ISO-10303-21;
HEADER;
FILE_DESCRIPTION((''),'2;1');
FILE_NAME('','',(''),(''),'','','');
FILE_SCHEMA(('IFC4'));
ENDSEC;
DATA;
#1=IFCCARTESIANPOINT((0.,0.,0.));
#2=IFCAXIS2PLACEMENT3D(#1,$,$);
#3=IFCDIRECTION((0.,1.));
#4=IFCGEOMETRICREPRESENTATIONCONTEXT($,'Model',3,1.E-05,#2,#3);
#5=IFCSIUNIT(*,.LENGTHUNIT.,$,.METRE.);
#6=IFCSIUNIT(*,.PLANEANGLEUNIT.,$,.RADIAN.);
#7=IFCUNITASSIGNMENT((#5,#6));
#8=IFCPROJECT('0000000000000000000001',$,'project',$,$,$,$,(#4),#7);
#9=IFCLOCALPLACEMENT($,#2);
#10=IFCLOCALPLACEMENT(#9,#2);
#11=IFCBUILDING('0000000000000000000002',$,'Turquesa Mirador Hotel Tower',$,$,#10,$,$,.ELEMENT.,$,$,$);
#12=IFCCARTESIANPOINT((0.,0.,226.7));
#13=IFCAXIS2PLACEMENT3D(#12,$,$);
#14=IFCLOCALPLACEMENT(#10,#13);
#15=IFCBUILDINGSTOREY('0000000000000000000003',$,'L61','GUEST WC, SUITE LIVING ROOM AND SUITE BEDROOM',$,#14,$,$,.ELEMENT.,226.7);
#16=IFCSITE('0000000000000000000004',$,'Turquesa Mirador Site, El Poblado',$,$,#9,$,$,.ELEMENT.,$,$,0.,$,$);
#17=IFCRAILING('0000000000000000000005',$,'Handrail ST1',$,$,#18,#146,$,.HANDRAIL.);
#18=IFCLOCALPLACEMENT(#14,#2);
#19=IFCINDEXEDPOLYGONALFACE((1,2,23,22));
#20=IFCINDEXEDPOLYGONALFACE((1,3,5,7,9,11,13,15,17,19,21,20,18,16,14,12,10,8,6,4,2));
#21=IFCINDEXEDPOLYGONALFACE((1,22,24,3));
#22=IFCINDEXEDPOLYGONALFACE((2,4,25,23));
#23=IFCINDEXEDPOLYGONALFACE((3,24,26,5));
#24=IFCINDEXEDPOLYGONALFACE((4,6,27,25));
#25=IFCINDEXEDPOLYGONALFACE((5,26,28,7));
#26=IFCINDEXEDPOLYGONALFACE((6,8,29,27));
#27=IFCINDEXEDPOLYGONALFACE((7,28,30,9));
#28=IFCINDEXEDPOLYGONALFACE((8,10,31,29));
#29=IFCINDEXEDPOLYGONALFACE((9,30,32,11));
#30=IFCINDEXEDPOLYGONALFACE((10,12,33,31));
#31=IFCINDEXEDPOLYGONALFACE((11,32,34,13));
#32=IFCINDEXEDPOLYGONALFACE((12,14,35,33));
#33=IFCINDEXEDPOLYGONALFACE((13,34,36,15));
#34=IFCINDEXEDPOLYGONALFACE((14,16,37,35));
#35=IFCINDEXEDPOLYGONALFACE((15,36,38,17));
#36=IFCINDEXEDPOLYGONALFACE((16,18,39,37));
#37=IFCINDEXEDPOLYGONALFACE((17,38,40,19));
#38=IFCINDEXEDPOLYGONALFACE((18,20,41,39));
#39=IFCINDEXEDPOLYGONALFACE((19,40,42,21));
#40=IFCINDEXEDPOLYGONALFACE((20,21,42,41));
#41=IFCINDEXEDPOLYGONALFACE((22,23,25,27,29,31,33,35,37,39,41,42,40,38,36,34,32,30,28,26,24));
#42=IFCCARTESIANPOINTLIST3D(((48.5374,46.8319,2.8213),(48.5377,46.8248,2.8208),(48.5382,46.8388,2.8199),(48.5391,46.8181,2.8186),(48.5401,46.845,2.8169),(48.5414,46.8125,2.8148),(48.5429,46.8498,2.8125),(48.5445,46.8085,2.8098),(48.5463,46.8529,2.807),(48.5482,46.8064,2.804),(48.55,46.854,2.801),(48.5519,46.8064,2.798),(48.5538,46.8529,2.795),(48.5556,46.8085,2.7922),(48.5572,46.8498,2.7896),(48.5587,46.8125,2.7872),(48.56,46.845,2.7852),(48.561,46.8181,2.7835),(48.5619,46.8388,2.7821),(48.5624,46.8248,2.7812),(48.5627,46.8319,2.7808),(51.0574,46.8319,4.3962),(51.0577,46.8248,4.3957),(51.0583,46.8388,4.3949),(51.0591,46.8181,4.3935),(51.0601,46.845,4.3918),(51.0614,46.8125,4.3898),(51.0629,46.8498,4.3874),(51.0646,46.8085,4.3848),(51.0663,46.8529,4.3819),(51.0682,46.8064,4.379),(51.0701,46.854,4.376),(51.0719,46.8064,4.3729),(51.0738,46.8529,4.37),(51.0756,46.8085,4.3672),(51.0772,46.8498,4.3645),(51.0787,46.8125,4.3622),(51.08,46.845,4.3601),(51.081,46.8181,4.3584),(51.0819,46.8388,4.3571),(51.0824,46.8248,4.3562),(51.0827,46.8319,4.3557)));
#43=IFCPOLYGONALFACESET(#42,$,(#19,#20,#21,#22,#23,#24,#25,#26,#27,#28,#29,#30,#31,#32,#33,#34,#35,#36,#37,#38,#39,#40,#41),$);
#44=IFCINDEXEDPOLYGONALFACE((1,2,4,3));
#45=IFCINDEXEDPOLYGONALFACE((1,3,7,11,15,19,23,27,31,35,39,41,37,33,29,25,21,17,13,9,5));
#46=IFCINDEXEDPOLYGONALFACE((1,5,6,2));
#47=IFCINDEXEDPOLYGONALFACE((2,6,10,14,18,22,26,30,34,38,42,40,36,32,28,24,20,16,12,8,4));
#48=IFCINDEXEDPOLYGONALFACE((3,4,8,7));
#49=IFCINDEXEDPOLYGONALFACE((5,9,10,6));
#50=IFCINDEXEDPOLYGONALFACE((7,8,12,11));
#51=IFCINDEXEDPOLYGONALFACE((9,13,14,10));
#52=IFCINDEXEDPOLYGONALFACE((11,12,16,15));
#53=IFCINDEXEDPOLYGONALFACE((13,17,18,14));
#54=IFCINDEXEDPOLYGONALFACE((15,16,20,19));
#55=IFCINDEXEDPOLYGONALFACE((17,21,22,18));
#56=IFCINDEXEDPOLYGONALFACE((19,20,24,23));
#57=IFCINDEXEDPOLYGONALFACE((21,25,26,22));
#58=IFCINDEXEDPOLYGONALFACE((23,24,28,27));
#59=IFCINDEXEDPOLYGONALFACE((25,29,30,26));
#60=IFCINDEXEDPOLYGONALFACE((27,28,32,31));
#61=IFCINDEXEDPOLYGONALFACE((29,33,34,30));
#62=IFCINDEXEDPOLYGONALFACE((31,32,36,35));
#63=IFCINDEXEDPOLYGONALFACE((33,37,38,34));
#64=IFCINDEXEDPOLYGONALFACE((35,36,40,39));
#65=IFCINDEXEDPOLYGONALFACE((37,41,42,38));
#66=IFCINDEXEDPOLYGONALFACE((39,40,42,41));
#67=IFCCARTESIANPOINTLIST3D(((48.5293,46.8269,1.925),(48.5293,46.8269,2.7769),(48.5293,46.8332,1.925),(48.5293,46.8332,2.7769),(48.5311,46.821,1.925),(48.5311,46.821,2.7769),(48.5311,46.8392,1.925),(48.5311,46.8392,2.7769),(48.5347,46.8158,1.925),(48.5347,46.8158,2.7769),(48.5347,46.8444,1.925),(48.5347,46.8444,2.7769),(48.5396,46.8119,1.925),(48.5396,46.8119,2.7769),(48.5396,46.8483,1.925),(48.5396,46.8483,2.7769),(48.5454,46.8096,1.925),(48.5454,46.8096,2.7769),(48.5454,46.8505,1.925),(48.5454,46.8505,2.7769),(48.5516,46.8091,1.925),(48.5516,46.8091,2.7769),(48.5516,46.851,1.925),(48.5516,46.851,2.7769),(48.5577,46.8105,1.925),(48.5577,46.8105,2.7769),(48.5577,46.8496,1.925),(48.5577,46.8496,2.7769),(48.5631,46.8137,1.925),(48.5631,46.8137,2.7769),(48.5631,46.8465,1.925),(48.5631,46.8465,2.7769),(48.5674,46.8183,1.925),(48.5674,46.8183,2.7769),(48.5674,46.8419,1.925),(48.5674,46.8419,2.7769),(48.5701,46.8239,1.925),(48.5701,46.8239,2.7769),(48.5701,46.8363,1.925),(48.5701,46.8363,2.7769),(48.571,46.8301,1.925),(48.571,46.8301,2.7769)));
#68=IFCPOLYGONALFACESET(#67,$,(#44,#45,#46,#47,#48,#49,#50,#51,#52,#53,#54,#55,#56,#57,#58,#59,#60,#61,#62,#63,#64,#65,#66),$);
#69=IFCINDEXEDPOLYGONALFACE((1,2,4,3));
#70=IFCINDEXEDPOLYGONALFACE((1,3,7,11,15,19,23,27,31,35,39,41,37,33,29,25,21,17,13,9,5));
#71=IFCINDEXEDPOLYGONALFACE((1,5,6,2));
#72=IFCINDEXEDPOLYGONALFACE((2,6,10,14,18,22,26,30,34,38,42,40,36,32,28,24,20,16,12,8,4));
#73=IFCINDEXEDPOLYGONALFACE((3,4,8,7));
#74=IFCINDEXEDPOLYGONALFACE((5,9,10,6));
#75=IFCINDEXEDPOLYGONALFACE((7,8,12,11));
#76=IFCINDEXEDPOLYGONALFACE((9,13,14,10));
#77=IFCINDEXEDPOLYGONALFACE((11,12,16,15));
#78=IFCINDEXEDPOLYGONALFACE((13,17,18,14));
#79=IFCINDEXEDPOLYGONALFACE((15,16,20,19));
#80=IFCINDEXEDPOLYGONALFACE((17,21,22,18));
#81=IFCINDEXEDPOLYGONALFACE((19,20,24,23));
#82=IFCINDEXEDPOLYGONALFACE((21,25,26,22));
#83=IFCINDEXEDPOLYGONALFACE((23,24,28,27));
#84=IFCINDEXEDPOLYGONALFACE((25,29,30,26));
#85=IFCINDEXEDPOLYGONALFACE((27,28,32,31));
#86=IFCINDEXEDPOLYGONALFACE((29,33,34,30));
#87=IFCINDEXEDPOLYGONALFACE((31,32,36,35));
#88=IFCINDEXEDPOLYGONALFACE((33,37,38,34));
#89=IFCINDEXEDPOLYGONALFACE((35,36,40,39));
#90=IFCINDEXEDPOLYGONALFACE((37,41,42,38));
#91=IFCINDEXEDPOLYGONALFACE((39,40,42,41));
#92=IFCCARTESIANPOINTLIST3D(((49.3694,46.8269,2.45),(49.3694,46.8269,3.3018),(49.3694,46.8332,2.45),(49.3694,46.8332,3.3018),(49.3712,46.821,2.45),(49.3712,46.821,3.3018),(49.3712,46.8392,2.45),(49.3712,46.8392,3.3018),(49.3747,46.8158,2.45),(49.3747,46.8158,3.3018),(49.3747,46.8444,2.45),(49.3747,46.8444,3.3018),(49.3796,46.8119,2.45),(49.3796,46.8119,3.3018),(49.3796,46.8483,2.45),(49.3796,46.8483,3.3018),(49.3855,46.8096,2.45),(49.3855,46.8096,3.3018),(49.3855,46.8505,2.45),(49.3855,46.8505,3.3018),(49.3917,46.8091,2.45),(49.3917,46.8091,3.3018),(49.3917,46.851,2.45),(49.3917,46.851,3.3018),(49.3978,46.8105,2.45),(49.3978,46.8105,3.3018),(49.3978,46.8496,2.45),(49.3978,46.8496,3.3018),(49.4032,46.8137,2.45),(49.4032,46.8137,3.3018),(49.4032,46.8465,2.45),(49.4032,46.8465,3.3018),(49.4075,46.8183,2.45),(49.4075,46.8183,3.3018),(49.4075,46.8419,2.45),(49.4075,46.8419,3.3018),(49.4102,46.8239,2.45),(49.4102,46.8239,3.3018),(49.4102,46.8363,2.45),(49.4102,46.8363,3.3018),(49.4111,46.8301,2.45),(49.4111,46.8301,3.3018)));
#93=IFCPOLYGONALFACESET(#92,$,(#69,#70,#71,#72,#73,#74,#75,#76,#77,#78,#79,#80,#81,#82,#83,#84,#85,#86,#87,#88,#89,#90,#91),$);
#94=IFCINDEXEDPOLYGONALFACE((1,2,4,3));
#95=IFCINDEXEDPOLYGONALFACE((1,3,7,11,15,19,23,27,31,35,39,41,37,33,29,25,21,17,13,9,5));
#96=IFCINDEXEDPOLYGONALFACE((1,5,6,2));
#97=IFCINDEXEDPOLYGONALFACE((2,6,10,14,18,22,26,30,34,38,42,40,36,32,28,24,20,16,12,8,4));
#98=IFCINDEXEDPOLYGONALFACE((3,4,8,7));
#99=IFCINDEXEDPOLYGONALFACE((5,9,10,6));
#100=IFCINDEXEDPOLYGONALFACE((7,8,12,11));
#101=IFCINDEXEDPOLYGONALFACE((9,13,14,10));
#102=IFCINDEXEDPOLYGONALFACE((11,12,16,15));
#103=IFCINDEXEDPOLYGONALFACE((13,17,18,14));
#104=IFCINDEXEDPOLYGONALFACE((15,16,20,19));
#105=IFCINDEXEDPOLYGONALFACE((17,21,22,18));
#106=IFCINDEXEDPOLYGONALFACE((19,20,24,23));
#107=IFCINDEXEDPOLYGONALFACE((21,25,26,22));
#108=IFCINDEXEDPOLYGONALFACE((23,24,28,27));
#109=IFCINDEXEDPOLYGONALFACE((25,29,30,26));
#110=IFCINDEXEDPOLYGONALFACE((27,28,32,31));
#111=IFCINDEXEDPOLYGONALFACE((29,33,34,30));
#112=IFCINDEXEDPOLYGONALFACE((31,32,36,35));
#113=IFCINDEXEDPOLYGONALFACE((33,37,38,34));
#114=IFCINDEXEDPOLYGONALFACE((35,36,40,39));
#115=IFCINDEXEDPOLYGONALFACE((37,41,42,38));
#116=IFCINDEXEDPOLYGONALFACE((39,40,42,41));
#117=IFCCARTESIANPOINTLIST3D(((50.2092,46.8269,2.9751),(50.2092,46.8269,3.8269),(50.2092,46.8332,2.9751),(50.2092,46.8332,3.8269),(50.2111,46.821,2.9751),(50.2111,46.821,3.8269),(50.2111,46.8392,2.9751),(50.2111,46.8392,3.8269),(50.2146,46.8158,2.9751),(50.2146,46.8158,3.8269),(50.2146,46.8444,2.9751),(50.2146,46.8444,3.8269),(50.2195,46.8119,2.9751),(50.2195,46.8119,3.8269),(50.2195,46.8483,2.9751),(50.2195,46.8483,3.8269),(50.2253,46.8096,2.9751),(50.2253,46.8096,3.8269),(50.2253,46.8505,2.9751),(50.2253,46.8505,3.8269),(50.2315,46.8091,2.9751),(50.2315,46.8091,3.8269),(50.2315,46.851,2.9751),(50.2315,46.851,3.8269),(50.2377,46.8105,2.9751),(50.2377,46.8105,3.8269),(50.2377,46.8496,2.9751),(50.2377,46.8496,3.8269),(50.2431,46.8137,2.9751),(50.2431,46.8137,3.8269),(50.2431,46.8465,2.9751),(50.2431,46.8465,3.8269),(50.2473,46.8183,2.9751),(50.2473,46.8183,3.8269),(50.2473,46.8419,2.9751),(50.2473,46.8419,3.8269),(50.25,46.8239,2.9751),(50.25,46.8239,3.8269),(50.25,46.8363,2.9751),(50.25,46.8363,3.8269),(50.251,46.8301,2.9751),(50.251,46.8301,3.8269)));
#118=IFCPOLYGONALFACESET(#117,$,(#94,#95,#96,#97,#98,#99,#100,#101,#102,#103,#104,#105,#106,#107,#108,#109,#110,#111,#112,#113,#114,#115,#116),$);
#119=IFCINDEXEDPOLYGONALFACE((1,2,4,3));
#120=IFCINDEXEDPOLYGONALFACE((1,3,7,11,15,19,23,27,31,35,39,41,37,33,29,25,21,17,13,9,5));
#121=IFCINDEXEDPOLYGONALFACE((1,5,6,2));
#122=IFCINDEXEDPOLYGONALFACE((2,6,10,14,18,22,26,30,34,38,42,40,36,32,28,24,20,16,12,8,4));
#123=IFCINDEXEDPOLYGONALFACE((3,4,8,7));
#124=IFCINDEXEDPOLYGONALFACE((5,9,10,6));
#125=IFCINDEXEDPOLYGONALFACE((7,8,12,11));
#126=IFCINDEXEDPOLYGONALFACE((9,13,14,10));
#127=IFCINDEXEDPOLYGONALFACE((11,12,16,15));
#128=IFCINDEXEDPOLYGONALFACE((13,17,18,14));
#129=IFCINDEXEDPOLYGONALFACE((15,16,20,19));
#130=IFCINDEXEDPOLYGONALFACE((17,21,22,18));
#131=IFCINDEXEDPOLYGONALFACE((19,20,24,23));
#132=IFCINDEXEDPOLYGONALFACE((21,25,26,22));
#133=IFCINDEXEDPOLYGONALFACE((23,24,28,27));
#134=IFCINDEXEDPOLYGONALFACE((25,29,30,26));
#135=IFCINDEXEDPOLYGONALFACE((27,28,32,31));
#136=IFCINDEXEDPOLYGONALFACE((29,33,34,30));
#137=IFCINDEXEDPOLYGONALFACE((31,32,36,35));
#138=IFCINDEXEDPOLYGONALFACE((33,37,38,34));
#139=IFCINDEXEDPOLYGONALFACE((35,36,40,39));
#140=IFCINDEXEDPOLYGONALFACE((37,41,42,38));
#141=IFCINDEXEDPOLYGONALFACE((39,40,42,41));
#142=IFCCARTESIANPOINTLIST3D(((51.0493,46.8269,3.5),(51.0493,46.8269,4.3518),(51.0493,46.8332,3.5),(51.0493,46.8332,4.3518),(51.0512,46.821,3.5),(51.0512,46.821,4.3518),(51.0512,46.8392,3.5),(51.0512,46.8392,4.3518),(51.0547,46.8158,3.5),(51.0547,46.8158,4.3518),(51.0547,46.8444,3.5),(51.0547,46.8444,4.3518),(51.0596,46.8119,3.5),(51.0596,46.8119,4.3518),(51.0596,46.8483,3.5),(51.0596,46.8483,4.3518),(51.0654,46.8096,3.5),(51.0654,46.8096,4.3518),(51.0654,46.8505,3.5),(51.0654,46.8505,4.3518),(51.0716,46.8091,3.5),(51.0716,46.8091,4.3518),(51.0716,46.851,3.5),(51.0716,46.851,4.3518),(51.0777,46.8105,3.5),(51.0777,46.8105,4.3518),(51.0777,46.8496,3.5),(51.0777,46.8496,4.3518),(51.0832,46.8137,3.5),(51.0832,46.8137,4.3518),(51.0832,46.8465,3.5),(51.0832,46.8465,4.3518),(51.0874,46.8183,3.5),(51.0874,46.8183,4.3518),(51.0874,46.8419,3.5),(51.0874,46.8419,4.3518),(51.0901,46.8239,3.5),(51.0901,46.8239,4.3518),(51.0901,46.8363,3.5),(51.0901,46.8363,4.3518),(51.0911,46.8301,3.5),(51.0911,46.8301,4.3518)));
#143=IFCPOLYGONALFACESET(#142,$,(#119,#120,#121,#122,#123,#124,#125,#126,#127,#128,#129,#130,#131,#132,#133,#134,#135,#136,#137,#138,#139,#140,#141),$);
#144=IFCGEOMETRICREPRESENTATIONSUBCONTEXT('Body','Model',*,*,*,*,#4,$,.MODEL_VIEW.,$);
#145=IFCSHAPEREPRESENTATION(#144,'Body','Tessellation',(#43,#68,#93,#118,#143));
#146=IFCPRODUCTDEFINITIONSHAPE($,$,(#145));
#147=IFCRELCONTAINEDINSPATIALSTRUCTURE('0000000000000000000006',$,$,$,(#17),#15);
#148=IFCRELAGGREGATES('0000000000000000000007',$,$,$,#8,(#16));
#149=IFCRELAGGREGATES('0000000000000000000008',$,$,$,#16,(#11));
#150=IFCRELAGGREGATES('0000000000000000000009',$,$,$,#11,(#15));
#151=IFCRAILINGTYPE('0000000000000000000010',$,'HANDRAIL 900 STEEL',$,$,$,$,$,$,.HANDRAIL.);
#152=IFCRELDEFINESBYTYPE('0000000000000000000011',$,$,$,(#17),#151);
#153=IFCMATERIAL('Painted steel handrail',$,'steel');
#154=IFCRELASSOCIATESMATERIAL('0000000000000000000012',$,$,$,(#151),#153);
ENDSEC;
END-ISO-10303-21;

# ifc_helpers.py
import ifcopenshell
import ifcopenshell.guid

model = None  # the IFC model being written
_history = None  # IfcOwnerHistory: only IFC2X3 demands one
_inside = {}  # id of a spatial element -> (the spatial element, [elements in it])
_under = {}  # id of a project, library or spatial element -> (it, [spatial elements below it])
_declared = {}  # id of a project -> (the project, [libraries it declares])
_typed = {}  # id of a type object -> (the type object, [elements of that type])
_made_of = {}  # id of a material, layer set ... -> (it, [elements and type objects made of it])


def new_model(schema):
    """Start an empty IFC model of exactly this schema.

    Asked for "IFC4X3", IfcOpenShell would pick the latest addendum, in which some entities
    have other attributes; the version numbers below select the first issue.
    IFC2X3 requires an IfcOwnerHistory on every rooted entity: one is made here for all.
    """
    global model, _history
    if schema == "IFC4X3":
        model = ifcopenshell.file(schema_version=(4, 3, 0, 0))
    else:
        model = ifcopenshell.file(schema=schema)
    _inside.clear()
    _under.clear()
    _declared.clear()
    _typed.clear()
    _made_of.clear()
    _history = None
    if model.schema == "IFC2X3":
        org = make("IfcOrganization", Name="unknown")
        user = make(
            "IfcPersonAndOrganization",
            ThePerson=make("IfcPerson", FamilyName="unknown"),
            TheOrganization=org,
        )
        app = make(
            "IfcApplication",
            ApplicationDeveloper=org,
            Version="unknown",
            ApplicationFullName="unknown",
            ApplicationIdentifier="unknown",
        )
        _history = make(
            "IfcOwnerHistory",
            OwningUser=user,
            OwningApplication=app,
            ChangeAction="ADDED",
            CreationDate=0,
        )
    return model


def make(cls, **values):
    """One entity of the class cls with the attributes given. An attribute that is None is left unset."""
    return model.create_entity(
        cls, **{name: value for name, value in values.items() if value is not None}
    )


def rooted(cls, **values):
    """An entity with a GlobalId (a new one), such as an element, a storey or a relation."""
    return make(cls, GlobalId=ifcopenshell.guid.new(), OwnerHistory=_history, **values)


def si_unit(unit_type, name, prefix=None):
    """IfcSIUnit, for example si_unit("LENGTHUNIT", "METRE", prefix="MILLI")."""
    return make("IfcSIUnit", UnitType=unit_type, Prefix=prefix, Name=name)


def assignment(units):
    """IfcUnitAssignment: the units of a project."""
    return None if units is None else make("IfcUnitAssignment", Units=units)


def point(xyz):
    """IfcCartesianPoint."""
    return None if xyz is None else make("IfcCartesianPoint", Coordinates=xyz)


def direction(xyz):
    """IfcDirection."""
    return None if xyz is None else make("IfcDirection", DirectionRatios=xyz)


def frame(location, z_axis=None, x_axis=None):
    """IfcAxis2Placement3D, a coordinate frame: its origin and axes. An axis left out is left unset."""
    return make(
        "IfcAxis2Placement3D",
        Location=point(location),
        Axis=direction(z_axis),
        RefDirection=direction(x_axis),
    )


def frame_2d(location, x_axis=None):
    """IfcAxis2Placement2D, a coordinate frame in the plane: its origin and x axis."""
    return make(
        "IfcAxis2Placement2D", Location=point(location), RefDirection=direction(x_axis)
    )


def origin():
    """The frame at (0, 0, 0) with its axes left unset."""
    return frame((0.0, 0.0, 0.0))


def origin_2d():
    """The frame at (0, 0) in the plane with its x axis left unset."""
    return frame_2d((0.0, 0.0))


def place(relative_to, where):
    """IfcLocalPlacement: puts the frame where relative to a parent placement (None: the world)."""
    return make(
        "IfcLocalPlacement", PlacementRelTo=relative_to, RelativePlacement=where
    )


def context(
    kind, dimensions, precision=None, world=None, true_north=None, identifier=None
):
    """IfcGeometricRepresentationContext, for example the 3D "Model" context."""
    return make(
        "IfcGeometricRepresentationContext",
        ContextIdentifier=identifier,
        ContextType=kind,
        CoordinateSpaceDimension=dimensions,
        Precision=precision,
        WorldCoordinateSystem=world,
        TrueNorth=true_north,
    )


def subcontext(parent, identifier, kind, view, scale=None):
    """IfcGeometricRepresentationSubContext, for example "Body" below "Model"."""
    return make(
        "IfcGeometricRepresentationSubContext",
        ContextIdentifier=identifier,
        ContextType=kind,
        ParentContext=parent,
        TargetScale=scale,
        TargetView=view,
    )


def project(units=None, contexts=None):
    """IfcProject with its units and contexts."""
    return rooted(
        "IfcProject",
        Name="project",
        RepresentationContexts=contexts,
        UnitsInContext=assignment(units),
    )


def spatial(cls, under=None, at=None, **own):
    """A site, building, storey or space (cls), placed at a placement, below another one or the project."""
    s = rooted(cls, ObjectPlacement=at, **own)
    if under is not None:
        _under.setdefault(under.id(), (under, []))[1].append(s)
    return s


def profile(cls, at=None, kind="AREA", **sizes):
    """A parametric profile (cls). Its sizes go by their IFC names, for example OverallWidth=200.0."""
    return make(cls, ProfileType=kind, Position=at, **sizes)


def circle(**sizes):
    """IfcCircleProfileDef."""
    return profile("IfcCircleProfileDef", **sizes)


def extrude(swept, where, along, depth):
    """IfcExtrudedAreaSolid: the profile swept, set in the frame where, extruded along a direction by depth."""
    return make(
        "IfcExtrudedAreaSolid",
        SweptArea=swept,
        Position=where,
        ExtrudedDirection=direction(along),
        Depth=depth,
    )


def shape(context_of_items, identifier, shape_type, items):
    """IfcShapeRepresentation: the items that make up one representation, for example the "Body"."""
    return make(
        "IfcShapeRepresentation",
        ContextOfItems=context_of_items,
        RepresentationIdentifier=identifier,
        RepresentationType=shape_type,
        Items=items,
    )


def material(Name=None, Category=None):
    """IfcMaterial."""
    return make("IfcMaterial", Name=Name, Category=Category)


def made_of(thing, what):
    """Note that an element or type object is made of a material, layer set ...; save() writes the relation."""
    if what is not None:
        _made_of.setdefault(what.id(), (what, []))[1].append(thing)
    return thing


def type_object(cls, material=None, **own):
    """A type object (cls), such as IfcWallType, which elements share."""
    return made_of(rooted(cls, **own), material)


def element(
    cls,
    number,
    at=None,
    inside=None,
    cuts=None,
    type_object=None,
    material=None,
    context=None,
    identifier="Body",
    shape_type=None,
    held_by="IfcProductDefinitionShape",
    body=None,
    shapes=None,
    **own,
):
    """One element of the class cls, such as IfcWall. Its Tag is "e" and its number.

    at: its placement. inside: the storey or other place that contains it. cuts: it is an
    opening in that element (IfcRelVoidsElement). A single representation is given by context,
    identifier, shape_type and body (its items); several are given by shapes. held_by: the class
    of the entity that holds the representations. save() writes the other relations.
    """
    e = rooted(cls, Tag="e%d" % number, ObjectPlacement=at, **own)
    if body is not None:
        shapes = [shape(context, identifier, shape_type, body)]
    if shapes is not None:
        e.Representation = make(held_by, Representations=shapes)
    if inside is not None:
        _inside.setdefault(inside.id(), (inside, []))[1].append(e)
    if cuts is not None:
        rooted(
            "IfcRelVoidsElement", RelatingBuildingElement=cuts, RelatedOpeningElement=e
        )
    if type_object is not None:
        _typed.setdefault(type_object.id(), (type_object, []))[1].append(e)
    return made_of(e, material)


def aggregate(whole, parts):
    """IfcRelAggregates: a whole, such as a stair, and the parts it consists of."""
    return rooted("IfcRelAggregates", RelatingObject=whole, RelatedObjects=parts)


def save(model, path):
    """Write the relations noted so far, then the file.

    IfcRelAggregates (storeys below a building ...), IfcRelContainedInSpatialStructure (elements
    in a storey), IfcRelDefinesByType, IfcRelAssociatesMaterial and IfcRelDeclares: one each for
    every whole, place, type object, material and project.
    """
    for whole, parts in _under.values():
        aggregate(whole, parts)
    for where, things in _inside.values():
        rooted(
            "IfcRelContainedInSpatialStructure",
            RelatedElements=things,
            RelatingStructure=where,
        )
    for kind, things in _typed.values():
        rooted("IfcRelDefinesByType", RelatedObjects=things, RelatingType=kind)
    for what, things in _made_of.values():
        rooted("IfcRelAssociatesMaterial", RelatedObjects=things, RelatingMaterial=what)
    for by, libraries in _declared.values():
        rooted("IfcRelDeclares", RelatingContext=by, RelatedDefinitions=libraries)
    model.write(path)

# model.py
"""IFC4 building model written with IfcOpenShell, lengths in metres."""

from ifc_helpers import new_model, si_unit, direction, frame, origin, origin_2d, place, context, subcontext, project, spatial, circle, extrude, material, type_object, element, save


model = new_model("IFC4")

# Units and contexts
model_context = context("Model", 3, precision=1e-05, world=origin(), true_north=direction((0.0, 1.0)))
body_context = subcontext(model_context, "Body", "Model", "MODEL_VIEW")
ifc_project = project(units=[si_unit("LENGTHUNIT", "METRE"), si_unit("PLANEANGLEUNIT", "RADIAN")], contexts=[model_context])

# Site, building, storey
site_placement = place(None, origin())
site = spatial("IfcSite", under=ifc_project, at=site_placement, Name="Turquesa Mirador Site, El Poblado", CompositionType="ELEMENT", RefElevation=0.0)
building_placement = place(site_placement, origin())
building = spatial("IfcBuilding", under=site, at=building_placement, Name="Turquesa Mirador Hotel Tower", CompositionType="ELEMENT")
storey_placement = place(building_placement, frame((0.0, 0.0, 226.7)))
storey = spatial("IfcBuildingStorey", under=building, at=storey_placement, Name="L61", Description="GUEST WC, SUITE LIVING ROOM AND SUITE BEDROOM", CompositionType="ELEMENT", Elevation=226.7)

# Railing
ifc_material_1 = material(Name="Painted steel handrail", Category="steel")
railing_type = type_object("IfcRailingType", Name="HANDRAIL 900 STEEL", PredefinedType="HANDRAIL", material=ifc_material_1)
railing_1_placement = place(storey_placement, frame((48.55, 46.8301, 1.925)))
element("IfcRailing", 1, at=railing_1_placement, inside=storey, type_object=railing_type, Name="Handrail ST1", PredefinedType="HANDRAIL", context=body_context, shape_type="SweptSolid", body=[
    extrude(circle(Radius=0.0239, at=origin_2d()), frame((0.0, 0.0, 0.876), z_axis=(0.848008, 0.0, 0.529984), x_axis=(0.0, 1.0, 0.0)), (0.0, 0.0, 1.0), 2.9717),
    extrude(circle(Radius=0.021, at=origin_2d()), origin(), (0.0, 0.0, 1.0), 0.8518),
    extrude(circle(Radius=0.021, at=origin_2d()), frame((0.8401, 0.0, 0.5249)), (0.0, 0.0, 1.0), 0.8518),
    extrude(circle(Radius=0.021, at=origin_2d()), frame((1.6799, 0.0, 1.05)), (0.0, 0.0, 1.0), 0.8518),
    extrude(circle(Radius=0.021, at=origin_2d()), frame((2.52, 0.0, 1.575)), (0.0, 0.0, 1.0), 0.8518),
])

save(model, "model.ifc")
